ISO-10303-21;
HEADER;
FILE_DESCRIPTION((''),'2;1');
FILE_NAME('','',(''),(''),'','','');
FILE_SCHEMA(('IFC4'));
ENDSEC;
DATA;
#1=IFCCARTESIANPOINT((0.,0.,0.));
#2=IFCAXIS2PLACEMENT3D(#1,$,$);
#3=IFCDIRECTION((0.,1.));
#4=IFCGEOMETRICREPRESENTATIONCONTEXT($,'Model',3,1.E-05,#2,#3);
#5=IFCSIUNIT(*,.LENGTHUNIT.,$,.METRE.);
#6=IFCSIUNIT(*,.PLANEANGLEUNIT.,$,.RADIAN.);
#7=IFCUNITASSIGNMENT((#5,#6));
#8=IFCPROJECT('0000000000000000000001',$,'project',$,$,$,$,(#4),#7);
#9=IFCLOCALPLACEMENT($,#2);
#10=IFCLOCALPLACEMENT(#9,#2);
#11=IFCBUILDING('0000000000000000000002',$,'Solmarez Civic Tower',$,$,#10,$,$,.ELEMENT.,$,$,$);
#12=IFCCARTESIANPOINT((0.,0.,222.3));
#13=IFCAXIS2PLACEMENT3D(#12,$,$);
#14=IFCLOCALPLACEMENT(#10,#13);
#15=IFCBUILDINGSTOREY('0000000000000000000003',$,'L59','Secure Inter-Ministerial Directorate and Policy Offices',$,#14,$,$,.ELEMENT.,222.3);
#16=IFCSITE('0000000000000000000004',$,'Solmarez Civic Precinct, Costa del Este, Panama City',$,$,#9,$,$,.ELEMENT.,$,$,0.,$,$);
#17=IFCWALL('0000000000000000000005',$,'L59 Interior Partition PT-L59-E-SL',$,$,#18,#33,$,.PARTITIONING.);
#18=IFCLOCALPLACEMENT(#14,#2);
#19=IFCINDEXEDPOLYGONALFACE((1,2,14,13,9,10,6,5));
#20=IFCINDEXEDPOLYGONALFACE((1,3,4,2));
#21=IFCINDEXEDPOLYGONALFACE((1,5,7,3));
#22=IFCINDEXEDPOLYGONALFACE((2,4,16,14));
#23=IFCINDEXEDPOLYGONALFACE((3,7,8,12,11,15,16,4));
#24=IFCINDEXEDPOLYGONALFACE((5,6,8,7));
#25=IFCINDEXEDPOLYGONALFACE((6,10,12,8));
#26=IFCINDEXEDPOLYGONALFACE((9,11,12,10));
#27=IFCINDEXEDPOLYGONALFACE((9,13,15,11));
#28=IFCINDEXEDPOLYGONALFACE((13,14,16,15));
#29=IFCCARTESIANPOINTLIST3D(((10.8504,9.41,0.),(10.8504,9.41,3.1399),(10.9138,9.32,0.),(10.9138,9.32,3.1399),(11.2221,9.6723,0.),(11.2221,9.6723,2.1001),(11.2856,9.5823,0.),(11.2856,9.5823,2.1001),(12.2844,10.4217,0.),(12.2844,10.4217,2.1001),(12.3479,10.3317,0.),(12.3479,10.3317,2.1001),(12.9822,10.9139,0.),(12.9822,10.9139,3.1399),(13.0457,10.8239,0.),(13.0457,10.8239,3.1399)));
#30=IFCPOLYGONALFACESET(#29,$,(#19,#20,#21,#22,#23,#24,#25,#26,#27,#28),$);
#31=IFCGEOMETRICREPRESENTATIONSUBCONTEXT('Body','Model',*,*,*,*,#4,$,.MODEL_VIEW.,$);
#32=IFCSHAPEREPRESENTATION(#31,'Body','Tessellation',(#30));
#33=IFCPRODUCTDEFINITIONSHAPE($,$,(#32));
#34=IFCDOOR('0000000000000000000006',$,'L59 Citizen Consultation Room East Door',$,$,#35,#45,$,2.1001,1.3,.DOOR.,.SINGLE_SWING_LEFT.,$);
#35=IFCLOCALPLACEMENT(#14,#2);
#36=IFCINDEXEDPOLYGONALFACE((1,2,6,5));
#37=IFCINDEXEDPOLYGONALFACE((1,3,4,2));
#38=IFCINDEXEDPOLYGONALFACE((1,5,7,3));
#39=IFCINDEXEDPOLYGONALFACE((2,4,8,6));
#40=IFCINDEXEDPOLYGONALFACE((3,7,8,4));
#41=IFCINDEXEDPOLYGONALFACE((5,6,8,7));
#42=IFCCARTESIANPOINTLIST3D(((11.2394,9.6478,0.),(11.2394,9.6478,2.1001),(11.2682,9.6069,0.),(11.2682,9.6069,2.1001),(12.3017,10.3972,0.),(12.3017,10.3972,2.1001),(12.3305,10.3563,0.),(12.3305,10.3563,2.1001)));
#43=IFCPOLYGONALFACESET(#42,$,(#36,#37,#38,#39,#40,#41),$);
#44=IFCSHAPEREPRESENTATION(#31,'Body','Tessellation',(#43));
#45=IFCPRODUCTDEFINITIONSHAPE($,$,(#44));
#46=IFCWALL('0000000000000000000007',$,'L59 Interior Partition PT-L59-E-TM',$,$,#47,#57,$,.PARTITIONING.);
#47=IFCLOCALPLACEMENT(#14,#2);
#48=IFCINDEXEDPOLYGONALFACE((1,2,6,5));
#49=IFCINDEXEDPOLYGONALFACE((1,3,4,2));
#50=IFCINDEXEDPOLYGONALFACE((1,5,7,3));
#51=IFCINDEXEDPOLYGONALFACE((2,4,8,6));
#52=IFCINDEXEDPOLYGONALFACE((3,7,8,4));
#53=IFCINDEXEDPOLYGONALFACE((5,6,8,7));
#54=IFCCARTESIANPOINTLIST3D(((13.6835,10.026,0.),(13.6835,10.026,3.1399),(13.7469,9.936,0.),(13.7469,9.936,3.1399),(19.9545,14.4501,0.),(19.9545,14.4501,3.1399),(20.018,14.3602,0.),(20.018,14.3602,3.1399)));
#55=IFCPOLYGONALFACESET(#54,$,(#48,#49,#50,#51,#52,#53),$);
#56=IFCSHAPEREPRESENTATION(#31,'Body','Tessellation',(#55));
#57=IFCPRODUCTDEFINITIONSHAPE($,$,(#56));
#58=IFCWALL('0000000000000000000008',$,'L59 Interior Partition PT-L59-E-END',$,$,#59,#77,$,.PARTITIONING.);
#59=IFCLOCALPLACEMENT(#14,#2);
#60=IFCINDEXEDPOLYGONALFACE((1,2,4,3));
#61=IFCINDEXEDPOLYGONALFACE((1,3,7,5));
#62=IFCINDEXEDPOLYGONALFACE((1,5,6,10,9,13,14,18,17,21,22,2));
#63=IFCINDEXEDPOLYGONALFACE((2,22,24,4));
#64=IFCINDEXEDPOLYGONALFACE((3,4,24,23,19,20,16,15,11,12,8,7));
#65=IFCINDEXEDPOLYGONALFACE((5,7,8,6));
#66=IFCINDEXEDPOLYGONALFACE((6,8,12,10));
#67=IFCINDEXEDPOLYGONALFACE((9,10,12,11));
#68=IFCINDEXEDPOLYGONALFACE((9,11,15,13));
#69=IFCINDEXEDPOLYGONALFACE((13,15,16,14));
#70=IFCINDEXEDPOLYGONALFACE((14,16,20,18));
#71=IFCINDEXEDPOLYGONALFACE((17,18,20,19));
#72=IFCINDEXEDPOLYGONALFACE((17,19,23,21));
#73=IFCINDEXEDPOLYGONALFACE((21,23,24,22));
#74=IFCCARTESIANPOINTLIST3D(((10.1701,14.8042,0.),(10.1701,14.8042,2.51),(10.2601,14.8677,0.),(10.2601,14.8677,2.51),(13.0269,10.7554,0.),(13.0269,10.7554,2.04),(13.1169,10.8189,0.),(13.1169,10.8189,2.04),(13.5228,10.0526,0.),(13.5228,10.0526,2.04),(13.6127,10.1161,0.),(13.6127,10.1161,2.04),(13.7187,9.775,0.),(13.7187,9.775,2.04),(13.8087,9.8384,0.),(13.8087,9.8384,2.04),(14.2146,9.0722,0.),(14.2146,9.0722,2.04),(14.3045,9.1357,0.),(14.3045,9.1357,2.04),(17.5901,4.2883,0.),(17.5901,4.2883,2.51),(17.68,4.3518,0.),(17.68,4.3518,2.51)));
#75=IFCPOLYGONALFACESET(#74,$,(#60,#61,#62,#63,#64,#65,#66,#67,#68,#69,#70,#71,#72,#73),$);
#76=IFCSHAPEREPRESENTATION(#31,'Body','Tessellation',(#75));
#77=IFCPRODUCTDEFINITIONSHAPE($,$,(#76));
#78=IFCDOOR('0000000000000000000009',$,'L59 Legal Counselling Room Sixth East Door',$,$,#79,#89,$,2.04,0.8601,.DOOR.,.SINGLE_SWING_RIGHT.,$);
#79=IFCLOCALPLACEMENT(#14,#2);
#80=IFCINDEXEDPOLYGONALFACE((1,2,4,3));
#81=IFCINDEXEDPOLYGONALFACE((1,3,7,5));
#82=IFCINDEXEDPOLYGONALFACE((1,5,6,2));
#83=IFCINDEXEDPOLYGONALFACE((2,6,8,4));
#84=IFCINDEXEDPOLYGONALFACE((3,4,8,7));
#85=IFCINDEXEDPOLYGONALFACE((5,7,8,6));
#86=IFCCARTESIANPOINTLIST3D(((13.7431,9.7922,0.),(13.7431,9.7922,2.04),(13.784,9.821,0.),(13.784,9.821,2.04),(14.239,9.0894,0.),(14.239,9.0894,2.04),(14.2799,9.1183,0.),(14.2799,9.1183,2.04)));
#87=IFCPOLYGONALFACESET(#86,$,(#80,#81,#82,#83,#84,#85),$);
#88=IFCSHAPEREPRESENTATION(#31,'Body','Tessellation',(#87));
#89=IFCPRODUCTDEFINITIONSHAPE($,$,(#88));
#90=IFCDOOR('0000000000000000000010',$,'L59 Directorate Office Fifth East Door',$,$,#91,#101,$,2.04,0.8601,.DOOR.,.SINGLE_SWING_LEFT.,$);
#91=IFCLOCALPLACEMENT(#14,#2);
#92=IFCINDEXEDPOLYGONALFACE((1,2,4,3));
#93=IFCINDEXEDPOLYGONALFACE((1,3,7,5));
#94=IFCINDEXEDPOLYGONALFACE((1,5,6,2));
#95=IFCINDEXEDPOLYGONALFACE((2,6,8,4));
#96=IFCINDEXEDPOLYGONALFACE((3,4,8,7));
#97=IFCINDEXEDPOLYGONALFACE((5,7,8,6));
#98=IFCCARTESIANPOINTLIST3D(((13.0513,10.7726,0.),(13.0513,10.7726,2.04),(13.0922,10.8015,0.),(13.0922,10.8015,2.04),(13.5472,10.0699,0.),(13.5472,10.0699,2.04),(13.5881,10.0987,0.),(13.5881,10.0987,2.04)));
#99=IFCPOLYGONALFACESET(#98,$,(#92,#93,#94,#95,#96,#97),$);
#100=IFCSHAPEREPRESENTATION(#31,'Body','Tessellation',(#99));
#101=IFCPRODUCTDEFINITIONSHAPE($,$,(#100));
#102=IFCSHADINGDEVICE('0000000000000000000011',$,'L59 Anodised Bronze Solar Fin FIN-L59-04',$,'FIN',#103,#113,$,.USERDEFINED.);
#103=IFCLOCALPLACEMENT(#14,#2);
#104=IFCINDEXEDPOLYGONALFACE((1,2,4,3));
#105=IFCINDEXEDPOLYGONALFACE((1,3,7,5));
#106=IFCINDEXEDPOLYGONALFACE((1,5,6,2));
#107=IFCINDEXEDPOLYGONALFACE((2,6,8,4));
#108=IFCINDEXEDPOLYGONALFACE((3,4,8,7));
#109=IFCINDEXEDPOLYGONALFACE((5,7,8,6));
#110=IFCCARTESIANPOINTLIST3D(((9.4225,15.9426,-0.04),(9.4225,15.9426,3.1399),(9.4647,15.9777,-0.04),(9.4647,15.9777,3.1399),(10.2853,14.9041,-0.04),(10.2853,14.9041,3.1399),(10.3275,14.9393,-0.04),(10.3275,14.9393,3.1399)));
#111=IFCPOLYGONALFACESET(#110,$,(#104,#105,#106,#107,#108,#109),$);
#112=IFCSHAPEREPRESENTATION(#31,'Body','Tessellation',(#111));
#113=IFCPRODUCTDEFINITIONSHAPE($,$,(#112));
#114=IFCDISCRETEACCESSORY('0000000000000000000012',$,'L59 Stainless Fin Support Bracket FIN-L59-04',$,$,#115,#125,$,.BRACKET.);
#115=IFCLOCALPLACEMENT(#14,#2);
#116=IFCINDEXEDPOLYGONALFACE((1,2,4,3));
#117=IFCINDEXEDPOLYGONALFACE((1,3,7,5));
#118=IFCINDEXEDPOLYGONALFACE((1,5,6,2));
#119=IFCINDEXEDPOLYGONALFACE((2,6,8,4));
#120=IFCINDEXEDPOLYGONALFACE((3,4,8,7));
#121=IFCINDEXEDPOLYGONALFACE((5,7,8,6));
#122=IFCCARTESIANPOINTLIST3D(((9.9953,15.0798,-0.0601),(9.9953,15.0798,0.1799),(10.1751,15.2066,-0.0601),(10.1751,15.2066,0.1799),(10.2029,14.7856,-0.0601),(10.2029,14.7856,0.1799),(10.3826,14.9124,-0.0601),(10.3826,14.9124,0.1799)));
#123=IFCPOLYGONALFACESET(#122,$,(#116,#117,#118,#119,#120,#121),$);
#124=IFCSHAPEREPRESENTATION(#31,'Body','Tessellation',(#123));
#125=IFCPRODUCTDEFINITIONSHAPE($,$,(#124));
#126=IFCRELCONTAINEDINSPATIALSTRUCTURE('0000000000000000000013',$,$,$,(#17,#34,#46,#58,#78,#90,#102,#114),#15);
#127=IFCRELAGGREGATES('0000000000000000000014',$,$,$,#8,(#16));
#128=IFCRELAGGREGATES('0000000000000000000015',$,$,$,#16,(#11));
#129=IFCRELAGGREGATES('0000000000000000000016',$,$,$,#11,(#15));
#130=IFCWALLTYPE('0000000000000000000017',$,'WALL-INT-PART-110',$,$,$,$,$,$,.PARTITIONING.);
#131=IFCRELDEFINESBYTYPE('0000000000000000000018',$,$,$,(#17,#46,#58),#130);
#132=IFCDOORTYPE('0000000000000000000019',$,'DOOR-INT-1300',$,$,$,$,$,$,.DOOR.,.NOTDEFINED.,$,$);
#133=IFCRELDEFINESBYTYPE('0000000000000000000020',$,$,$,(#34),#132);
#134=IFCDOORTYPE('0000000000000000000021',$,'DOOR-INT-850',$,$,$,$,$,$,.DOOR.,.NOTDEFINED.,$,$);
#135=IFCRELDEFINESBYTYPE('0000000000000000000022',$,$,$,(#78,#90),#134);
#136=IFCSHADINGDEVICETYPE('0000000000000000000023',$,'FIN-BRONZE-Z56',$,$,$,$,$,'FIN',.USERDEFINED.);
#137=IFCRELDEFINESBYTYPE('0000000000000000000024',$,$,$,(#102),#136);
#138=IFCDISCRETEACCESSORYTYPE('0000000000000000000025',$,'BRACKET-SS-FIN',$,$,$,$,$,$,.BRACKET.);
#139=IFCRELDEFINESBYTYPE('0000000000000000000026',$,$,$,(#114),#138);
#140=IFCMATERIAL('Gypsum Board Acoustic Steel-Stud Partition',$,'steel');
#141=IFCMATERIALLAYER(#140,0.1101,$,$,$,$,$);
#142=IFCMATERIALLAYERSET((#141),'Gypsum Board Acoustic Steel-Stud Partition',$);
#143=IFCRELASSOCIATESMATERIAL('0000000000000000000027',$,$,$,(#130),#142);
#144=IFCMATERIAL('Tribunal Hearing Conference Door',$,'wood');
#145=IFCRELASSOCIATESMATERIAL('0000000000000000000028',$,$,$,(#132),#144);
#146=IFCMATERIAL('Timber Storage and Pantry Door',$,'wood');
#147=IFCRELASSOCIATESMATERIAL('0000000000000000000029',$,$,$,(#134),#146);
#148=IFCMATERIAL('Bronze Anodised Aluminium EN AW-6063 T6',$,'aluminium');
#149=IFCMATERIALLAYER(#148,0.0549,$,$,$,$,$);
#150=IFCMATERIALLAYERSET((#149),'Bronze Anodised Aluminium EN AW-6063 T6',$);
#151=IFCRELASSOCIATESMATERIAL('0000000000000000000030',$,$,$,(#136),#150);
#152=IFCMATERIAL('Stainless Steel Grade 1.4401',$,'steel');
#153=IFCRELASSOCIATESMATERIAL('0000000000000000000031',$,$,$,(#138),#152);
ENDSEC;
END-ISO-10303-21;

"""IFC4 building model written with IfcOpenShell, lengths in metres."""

from ifc_helpers import new_model, si_unit, direction, frame, frame_2d, origin, origin_2d, place, context, subcontext, project, spatial, rectangle, extrude, material, layer, layer_set, type_object, element, fill, save


model = new_model("IFC4")

# Units and contexts
model_context = context("Model", 3, precision=1e-05, world=origin(), true_north=direction((0.0, 1.0)))
body_context = subcontext(model_context, "Body", "Model", "MODEL_VIEW")
ifc_project = project(units=[si_unit("LENGTHUNIT", "METRE"), si_unit("PLANEANGLEUNIT", "RADIAN")], contexts=[model_context])

# Site, building, storey
site_placement = place(None, origin())
site = spatial("IfcSite", under=ifc_project, at=site_placement, Name="Solmarez Civic Precinct, Costa del Este, Panama City", CompositionType="ELEMENT", RefElevation=0.0)
building_placement = place(site_placement, origin())
building = spatial("IfcBuilding", under=site, at=building_placement, Name="Solmarez Civic Tower", CompositionType="ELEMENT")
storey_placement = place(building_placement, frame((0.0, 0.0, 222.3)))
storey = spatial("IfcBuildingStorey", under=building, at=storey_placement, Name="L59", Description="Secure Inter-Ministerial Directorate and Policy Offices", CompositionType="ELEMENT", Elevation=222.3)

# Shared definitions
ifc_material_1 = material(Name="Gypsum Board Acoustic Steel-Stud Partition", Category="steel")
ifc_layer_1 = layer(ifc_material_1, 0.1101)
ifc_layer_set_1 = layer_set([ifc_layer_1], Name="Gypsum Board Acoustic Steel-Stud Partition")
wall_type_1 = type_object("IfcWallType", Name="WALL-INT-PART-110", PredefinedType="PARTITIONING", material=ifc_layer_set_1)

# Wall, opening, door
wall_1_placement = place(storey_placement, frame((13.0139, 10.8689, 0.0), z_axis=(0.0, 0.0, 1.0), x_axis=(-0.817134, -0.576448, 0.0)))
wall_1 = element("IfcWall", 1, at=wall_1_placement, inside=storey, type_object=wall_type_1, Name="L59 Interior Partition PT-L59-E-SL", PredefinedType="PARTITIONING", context=body_context, shape_type="SweptSolid", body=[
    extrude(rectangle(XDim=2.6089, YDim=0.1101, at=frame_2d((1.3044, 0.0))), origin(), (0.0, 0.0, 1.0), 3.1399),
])
opening_1_placement = place(wall_1_placement, frame((0.854, 0.0, 0.0)))
opening_1 = element("IfcOpeningElement", 2, at=opening_1_placement, cuts=wall_1, PredefinedType="OPENING", context=body_context, shape_type="SweptSolid", body=[
    extrude(rectangle(XDim=1.3, YDim=2.1001, at=frame_2d((0.6499, 1.05))), frame((0.0, 0.0649, 0.0), z_axis=(0.0, -1.0, 0.0), x_axis=(1.0, 0.0, 0.0)), (0.0, 0.0, 1.0), 0.1301),
])
ifc_material_2 = material(Name="Tribunal Hearing Conference Door", Category="wood")
door_type_1 = type_object("IfcDoorType", Name="DOOR-INT-1300", OperationType="NOTDEFINED", PredefinedType="DOOR", material=ifc_material_2)
door_1_placement = place(opening_1_placement, origin())
door_1 = element("IfcDoor", 3, at=door_1_placement, inside=storey, type_object=door_type_1, Name="L59 Citizen Consultation Room East Door", OperationType="SINGLE_SWING_LEFT", OverallHeight=2.1001, OverallWidth=1.3, PredefinedType="DOOR", context=body_context, shape_type="SweptSolid", body=[
    extrude(rectangle(XDim=1.3, YDim=2.1001, at=frame_2d((0.6499, 1.05))), frame((0.0, 0.0249, 0.0), z_axis=(0.0, -1.0, 0.0), x_axis=(1.0, 0.0, 0.0)), (0.0, 0.0, 1.0), 0.05),
])
fill(opening_1, door_1)

# Wall
wall_2_placement = place(storey_placement, frame((13.7151, 9.981, 0.0), z_axis=(0.0, 0.0, 1.0), x_axis=(0.817122, 0.576465, 0.0)))
element("IfcWall", 4, at=wall_2_placement, inside=storey, type_object=wall_type_1, Name="L59 Interior Partition PT-L59-E-TM", PredefinedType="PARTITIONING", context=body_context, shape_type="SweptSolid", body=[
    extrude(rectangle(XDim=7.6746, YDim=0.1101, at=frame_2d((3.8374, 0.0))), origin(), (0.0, 0.0, 1.0), 3.1399),
])

# Wall, openings, doors
wall_3_placement = place(storey_placement, frame((10.2151, 14.8359, 0.0), z_axis=(0.0, 0.0, 1.0), x_axis=(0.576525, -0.817079, 0.0)))
wall_3 = element("IfcWall", 5, at=wall_3_placement, inside=storey, type_object=wall_type_1, Name="L59 Interior Partition PT-L59-E-END", PredefinedType="PARTITIONING", context=body_context, shape_type="SweptSolid", body=[
    extrude(rectangle(XDim=12.8701, YDim=0.1101, at=frame_2d((6.4351, 0.0))), origin(), (0.0, 0.0, 1.0), 2.51),
])
opening_2_placement = place(wall_3_placement, frame((6.155, 0.0, 0.0)))
opening_2 = element("IfcOpeningElement", 6, at=opening_2_placement, cuts=wall_3, PredefinedType="OPENING", context=body_context, shape_type="SweptSolid", body=[
    extrude(rectangle(XDim=0.8601, YDim=2.04, at=frame_2d((0.4302, 1.02))), frame((0.0, 0.0649, 0.0), z_axis=(0.0, -1.0, 0.0), x_axis=(1.0, 0.0, 0.0)), (0.0, 0.0, 1.0), 0.1301),
])
opening_3_placement = place(wall_3_placement, frame((4.9551, 0.0, 0.0)))
opening_3 = element("IfcOpeningElement", 7, at=opening_3_placement, cuts=wall_3, PredefinedType="OPENING", context=body_context, shape_type="SweptSolid", body=[
    extrude(rectangle(XDim=0.8601, YDim=2.04, at=frame_2d((0.4302, 1.02))), frame((0.0, 0.0649, 0.0), z_axis=(0.0, -1.0, 0.0), x_axis=(1.0, 0.0, 0.0)), (0.0, 0.0, 1.0), 0.1301),
])
ifc_material_3 = material(Name="Timber Storage and Pantry Door", Category="wood")
door_type_2 = type_object("IfcDoorType", Name="DOOR-INT-850", OperationType="NOTDEFINED", PredefinedType="DOOR", material=ifc_material_3)
door_2_placement = place(opening_2_placement, origin())
door_2 = element("IfcDoor", 8, at=door_2_placement, inside=storey, type_object=door_type_2, Name="L59 Legal Counselling Room Sixth East Door", OperationType="SINGLE_SWING_RIGHT", OverallHeight=2.04, OverallWidth=0.8601, PredefinedType="DOOR", context=body_context, shape_type="SweptSolid", body=[
    extrude(rectangle(XDim=0.8601, YDim=2.04, at=frame_2d((0.4302, 1.02))), frame((0.0, 0.0249, 0.0), z_axis=(0.0, -1.0, 0.0), x_axis=(1.0, 0.0, 0.0)), (0.0, 0.0, 1.0), 0.05),
])
fill(opening_2, door_2)
door_3_placement = place(opening_3_placement, origin())
door_3 = element("IfcDoor", 9, at=door_3_placement, inside=storey, type_object=door_type_2, Name="L59 Directorate Office Fifth East Door", OperationType="SINGLE_SWING_LEFT", OverallHeight=2.04, OverallWidth=0.8601, PredefinedType="DOOR", context=body_context, shape_type="SweptSolid", body=[
    extrude(rectangle(XDim=0.8601, YDim=2.04, at=frame_2d((0.4302, 1.02))), frame((0.0, 0.0249, 0.0), z_axis=(0.0, -1.0, 0.0), x_axis=(1.0, 0.0, 0.0)), (0.0, 0.0, 1.0), 0.05),
])
fill(opening_3, door_3)

# Shading device
ifc_material_4 = material(Name="Bronze Anodised Aluminium EN AW-6063 T6", Category="aluminium")
ifc_layer_2 = layer(ifc_material_4, 0.0549)
ifc_layer_set_2 = layer_set([ifc_layer_2], Name="Bronze Anodised Aluminium EN AW-6063 T6")
shading_device_type = type_object("IfcShadingDeviceType", Name="FIN-BRONZE-Z56", ElementType="FIN", PredefinedType="USERDEFINED", material=ifc_layer_set_2)
shading_device_placement = place(storey_placement, frame((9.875, 15.4409, -0.04), z_axis=(0.0, 0.0, 1.0), x_axis=(-0.639063, 0.769154, 0.0)))
element("IfcShadingDevice", 10, at=shading_device_placement, inside=storey, type_object=shading_device_type, Name="L59 Anodised Bronze Solar Fin FIN-L59-04", ObjectType="FIN", PredefinedType="USERDEFINED", context=body_context, shape_type="SweptSolid", body=[
    extrude(rectangle(XDim=1.3501, YDim=0.0549, at=origin_2d()), origin(), (0.0, 0.0, 1.0), 3.1799),
])

# Discrete accessory
ifc_material_5 = material(Name="Stainless Steel Grade 1.4401", Category="steel")
discrete_accessory_type = type_object("IfcDiscreteAccessoryType", Name="BRACKET-SS-FIN", PredefinedType="BRACKET", material=ifc_material_5)
discrete_accessory_placement = place(storey_placement, frame((10.189, 14.9961, -0.0601), z_axis=(0.0, 0.0, 1.0), x_axis=(-0.576432, 0.817145, 0.0)))
element("IfcDiscreteAccessory", 11, at=discrete_accessory_placement, inside=storey, type_object=discrete_accessory_type, Name="L59 Stainless Fin Support Bracket FIN-L59-04", PredefinedType="BRACKET", context=body_context, shape_type="SweptSolid", body=[
    extrude(rectangle(XDim=0.3601, YDim=0.22, at=origin_2d()), origin(), (0.0, 0.0, 1.0), 0.24),
])

save(model, "model.ifc")
